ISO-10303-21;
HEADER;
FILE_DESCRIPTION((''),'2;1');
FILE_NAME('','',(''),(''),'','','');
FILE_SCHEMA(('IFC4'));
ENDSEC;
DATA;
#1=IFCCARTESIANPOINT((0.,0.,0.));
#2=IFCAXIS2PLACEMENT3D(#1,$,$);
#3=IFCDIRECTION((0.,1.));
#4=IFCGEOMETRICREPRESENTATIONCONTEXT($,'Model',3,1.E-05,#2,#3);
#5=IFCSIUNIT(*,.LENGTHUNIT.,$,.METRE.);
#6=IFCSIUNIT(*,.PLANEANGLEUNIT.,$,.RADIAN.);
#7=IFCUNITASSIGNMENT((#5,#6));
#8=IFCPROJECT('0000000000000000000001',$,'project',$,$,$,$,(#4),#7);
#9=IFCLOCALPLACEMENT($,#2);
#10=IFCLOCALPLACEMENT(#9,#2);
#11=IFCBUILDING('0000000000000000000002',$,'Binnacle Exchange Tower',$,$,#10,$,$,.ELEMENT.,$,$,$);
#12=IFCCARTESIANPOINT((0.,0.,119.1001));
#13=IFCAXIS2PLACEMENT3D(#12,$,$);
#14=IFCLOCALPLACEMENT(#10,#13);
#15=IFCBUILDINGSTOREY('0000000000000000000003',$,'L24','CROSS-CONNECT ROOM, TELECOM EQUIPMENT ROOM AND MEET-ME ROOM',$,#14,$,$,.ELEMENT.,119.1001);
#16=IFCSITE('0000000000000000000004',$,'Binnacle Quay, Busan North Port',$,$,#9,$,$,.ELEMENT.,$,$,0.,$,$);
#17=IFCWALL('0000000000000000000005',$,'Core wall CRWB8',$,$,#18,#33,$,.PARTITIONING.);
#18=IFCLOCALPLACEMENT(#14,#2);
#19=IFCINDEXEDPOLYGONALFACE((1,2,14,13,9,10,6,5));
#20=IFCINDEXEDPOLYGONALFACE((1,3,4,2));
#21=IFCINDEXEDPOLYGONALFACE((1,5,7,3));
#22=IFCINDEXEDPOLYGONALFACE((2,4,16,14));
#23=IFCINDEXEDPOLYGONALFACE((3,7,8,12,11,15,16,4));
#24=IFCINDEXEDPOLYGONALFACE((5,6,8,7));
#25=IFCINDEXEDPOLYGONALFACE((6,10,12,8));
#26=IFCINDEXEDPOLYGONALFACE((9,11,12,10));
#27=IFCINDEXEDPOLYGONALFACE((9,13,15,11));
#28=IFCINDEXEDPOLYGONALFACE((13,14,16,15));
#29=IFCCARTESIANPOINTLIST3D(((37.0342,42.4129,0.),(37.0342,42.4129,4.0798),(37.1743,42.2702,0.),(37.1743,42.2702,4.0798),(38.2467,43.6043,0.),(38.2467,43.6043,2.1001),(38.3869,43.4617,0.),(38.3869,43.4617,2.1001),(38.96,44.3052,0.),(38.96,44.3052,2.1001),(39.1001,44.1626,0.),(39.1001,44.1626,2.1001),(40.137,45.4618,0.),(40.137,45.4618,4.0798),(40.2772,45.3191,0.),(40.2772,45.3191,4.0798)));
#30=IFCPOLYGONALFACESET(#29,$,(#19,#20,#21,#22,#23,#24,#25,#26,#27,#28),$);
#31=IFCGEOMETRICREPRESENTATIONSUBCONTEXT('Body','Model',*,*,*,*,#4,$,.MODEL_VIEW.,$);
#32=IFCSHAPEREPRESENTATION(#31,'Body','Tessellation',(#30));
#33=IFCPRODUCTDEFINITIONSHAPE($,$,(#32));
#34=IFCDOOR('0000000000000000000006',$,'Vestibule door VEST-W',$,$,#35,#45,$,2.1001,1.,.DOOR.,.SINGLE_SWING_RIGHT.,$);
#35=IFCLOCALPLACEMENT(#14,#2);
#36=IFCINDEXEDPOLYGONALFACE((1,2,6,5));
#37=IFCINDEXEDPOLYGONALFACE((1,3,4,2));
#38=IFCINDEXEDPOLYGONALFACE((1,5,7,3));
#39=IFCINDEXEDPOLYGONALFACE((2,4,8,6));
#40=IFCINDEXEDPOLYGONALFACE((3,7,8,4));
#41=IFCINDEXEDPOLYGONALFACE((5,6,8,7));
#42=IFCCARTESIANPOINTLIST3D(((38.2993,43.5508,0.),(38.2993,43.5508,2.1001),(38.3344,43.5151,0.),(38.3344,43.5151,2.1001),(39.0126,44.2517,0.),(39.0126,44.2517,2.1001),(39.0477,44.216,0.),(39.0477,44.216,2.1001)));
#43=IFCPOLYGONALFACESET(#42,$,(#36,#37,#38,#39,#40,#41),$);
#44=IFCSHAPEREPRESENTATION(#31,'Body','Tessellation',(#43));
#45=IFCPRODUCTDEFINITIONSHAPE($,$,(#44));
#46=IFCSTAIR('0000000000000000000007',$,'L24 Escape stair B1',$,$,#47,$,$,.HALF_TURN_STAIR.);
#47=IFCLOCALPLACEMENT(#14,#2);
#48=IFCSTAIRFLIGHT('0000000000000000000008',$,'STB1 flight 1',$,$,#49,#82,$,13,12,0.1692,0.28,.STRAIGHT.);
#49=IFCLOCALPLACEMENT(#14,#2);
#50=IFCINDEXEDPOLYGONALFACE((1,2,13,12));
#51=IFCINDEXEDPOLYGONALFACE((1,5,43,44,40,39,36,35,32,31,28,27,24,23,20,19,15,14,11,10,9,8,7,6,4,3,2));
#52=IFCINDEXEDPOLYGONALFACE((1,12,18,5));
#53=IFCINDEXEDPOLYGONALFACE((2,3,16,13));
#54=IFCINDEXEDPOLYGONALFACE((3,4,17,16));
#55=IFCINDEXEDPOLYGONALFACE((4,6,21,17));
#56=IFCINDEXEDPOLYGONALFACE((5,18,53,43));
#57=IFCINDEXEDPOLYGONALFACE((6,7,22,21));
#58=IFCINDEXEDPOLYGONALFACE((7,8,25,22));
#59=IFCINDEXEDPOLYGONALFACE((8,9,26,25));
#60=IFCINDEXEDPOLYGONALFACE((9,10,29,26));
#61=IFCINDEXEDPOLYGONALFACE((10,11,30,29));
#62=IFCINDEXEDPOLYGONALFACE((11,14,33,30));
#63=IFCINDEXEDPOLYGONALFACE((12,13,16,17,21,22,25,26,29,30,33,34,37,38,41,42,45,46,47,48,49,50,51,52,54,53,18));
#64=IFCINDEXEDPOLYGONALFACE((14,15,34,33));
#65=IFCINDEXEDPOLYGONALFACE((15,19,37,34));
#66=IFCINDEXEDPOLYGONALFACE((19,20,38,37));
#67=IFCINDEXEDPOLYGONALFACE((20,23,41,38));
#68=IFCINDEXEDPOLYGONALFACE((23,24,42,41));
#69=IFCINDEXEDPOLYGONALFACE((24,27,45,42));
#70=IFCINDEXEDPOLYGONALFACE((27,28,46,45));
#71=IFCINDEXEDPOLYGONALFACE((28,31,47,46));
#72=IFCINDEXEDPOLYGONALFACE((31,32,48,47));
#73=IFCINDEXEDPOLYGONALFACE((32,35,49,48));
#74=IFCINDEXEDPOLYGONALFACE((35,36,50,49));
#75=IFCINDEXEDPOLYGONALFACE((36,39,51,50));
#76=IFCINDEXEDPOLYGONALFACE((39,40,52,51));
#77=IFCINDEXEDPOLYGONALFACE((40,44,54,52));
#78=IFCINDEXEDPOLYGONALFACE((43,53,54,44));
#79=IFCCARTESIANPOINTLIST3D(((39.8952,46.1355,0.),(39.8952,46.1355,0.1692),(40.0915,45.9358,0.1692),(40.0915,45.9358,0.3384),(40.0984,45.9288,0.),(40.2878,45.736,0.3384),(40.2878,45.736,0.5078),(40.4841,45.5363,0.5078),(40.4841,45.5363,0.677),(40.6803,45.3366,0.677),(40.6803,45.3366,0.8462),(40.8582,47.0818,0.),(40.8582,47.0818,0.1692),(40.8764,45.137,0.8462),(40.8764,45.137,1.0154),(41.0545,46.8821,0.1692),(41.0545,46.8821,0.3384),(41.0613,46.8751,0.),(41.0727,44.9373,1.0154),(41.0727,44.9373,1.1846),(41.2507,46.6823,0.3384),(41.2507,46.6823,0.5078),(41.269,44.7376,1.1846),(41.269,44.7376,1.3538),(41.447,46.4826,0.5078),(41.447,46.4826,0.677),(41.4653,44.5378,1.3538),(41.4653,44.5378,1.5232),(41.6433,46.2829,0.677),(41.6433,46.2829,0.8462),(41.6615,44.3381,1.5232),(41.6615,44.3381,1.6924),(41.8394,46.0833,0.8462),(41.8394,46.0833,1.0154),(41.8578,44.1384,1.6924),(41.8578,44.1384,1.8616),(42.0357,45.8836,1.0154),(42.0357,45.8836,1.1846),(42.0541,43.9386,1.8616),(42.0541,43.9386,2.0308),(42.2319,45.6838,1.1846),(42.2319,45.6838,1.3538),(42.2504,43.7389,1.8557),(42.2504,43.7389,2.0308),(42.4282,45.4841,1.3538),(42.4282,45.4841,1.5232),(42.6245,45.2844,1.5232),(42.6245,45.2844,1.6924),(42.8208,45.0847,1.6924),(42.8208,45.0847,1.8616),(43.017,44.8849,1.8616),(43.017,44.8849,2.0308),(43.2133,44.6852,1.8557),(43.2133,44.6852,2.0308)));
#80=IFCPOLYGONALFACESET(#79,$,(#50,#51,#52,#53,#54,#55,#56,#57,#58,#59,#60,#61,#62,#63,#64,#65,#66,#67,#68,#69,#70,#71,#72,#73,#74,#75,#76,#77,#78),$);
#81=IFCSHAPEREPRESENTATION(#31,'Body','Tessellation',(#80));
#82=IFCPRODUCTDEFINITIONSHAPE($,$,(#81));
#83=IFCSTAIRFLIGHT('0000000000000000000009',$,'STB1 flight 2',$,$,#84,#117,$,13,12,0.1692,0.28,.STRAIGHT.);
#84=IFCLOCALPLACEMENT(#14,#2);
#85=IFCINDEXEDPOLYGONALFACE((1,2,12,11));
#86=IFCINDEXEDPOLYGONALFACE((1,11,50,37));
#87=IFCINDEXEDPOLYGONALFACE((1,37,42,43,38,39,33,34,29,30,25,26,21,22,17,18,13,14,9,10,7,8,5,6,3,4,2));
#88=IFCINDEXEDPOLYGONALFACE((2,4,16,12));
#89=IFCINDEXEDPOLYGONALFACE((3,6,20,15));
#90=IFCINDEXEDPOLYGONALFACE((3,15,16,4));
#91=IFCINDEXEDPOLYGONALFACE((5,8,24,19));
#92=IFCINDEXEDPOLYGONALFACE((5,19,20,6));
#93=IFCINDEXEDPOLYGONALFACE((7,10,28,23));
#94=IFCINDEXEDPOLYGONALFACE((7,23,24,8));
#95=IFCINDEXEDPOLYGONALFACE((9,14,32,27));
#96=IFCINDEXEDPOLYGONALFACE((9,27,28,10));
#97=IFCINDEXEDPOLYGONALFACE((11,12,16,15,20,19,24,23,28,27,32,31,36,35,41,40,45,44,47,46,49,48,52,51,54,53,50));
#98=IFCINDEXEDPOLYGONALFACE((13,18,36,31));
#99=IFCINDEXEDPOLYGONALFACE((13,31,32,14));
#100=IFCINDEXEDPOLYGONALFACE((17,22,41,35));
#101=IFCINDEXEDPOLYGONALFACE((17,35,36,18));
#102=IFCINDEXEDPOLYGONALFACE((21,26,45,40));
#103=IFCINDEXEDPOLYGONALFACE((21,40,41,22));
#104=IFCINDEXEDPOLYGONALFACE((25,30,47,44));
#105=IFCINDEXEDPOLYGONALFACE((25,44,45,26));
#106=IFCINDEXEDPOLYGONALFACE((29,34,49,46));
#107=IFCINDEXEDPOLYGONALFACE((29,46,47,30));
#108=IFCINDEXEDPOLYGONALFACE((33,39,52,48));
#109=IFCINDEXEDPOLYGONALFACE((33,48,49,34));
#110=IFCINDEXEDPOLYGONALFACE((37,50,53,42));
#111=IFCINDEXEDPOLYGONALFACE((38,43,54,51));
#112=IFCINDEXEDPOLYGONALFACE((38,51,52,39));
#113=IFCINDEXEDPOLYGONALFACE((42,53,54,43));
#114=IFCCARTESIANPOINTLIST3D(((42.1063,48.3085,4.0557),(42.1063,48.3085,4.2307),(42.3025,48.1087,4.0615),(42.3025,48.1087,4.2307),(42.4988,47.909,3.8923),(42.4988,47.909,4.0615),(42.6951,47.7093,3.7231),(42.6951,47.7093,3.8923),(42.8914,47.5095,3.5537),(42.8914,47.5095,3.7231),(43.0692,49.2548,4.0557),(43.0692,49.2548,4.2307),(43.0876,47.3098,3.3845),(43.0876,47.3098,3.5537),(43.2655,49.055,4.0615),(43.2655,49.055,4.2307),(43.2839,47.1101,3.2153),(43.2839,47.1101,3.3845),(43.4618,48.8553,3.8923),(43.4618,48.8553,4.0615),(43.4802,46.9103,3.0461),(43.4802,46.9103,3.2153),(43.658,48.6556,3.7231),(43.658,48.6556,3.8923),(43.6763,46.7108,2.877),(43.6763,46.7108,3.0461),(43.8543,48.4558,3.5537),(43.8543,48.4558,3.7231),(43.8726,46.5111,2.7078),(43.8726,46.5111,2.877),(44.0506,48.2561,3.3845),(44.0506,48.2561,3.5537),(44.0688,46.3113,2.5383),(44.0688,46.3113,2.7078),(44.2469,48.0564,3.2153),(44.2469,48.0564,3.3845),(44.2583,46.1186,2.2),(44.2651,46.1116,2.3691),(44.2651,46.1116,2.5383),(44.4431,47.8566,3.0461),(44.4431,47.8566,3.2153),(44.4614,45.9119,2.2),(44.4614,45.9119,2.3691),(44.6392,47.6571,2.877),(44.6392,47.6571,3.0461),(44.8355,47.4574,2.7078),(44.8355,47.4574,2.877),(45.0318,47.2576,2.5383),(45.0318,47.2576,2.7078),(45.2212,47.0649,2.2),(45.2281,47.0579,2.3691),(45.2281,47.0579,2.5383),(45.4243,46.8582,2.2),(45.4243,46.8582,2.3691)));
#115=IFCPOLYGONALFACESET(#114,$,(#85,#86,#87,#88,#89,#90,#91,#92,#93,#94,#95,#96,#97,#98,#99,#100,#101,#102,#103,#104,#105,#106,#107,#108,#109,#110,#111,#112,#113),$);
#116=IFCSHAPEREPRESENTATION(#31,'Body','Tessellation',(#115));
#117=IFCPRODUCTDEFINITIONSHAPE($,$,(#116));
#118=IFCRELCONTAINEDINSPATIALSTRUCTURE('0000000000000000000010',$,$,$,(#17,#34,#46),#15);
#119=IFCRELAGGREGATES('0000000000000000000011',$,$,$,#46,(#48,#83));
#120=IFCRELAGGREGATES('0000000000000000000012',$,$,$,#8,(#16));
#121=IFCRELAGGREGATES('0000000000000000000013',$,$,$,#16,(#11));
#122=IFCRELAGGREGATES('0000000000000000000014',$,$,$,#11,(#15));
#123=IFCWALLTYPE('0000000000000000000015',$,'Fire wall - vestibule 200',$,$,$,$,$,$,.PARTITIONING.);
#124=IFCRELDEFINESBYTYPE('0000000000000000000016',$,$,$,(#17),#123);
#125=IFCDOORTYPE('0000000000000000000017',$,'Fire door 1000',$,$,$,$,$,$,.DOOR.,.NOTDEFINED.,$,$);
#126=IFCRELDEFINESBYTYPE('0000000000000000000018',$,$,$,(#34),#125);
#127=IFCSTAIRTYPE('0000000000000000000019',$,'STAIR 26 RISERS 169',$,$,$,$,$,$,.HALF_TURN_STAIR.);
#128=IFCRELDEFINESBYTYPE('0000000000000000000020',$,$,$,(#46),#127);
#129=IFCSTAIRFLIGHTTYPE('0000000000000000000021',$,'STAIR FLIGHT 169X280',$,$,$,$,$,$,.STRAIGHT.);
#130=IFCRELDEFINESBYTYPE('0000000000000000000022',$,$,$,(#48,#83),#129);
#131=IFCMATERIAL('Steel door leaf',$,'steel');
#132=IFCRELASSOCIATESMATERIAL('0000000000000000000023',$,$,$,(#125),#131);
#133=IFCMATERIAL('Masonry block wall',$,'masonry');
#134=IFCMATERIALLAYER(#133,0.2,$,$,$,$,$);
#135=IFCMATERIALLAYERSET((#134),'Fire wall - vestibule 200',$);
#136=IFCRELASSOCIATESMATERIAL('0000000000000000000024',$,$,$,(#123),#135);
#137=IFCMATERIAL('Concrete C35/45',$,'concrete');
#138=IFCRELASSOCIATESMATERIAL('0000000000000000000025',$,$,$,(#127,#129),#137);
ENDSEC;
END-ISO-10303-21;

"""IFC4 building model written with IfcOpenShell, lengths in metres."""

from ifc_helpers import new_model, si_unit, direction, frame, frame_2d, origin, place, context, subcontext, project, spatial, polyline, rectangle, outline, extrude, material, layer, layer_set, type_object, element, fill, aggregate, save


model = new_model("IFC4")

# Units and contexts
model_context = context("Model", 3, precision=1e-05, world=origin(), true_north=direction((0.0, 1.0)))
body_context = subcontext(model_context, "Body", "Model", "MODEL_VIEW")
ifc_project = project(units=[si_unit("LENGTHUNIT", "METRE"), si_unit("PLANEANGLEUNIT", "RADIAN")], contexts=[model_context])

# Site, building, storey
site_placement = place(None, origin())
site = spatial("IfcSite", under=ifc_project, at=site_placement, Name="Binnacle Quay, Busan North Port", CompositionType="ELEMENT", RefElevation=0.0)
building_placement = place(site_placement, origin())
building = spatial("IfcBuilding", under=site, at=building_placement, Name="Binnacle Exchange Tower", CompositionType="ELEMENT")
storey_placement = place(building_placement, frame((0.0, 0.0, 119.1001)))
storey = spatial("IfcBuildingStorey", under=building, at=storey_placement, Name="L24", Description="CROSS-CONNECT ROOM, TELECOM EQUIPMENT ROOM AND MEET-ME ROOM", CompositionType="ELEMENT", Elevation=119.1001)

# Shared definitions
ifc_material_1 = material(Name="Steel door leaf", Category="steel")
door_type = type_object("IfcDoorType", Name="Fire door 1000", OperationType="NOTDEFINED", PredefinedType="DOOR", material=ifc_material_1)

# Wall, opening, door
ifc_material_2 = material(Name="Masonry block wall", Category="masonry")
ifc_layer_1 = layer(ifc_material_2, 0.2)
ifc_layer_set_1 = layer_set([ifc_layer_1], Name="Fire wall - vestibule 200")
wall_type_1 = type_object("IfcWallType", Name="Fire wall - vestibule 200", PredefinedType="PARTITIONING", material=ifc_layer_set_1)
wall_1_placement = place(storey_placement, frame((37.1042, 42.3416, 0.0), z_axis=(0.0, 0.0, 1.0), x_axis=(0.713281, 0.700878, 0.0)))
wall_1 = element("IfcWall", 1, at=wall_1_placement, inside=storey, type_object=wall_type_1, Name="Core wall CRWB8", PredefinedType="PARTITIONING", context=body_context, shape_type="SweptSolid", body=[
    extrude(rectangle(XDim=4.3501, YDim=0.2, at=frame_2d((2.175, 0.0))), origin(), (0.0, 0.0, 1.0), 4.0798),
])
opening_1_placement = place(wall_1_placement, frame((1.7, 0.0, 0.0)))
opening_1 = element("IfcOpeningElement", 2, at=opening_1_placement, cuts=wall_1, PredefinedType="OPENING", context=body_context, shape_type="SweptSolid", body=[
    extrude(rectangle(XDim=1.0, YDim=2.1001, at=frame_2d((0.5, 1.05))), frame((0.0, 0.1099, 0.0), z_axis=(0.0, -1.0, 0.0), x_axis=(1.0, 0.0, 0.0)), (0.0, 0.0, 1.0), 0.22),
])
door_1_placement = place(opening_1_placement, origin())
door_1 = element("IfcDoor", 3, at=door_1_placement, inside=storey, type_object=door_type, Name="Vestibule door VEST-W", OperationType="SINGLE_SWING_RIGHT", OverallHeight=2.1001, OverallWidth=1.0, PredefinedType="DOOR", context=body_context, shape_type="SweptSolid", body=[
    extrude(rectangle(XDim=1.0, YDim=2.1001, at=frame_2d((0.5, 1.05))), frame((0.0, 0.0249, 0.0), z_axis=(0.0, -1.0, 0.0), x_axis=(1.0, 0.0, 0.0)), (0.0, 0.0, 1.0), 0.05),
])
fill(opening_1, door_1)

# Stair, stair flights
ifc_material_3 = material(Name="Concrete C35/45", Category="concrete")
stair_type = type_object("IfcStairType", Name="STAIR 26 RISERS 169", PredefinedType="HALF_TURN_STAIR", material=ifc_material_3)
stair_placement = place(storey_placement, origin())
stair = element("IfcStair", 4, at=stair_placement, inside=storey, type_object=stair_type, Name="L24 Escape stair B1", PredefinedType="HALF_TURN_STAIR")
stair_flight_type = type_object("IfcStairFlightType", Name="STAIR FLIGHT 169X280", PredefinedType="STRAIGHT", material=ifc_material_3)
stair_flight_1_placement = place(storey_placement, frame((40.3767, 46.6086, 0.0), z_axis=(0.0, 0.0, 1.0), x_axis=(0.700909, -0.71325, 0.0)))
stair_flight_1 = element("IfcStairFlight", 5, at=stair_flight_1_placement, type_object=stair_flight_type, Name="STB1 flight 1", NumberOfRisers=13, NumberOfTreads=12, PredefinedType="STRAIGHT", RiserHeight=0.1692, TreadLength=0.28, context=body_context, shape_type="SweptSolid", body=[
    extrude(outline(polyline([(0.0, 0.0), (0.0, 0.1692), (0.28, 0.1692), (0.28, 0.3384), (0.5601, 0.3384), (0.5601, 0.5078), (0.8401, 0.5078), (0.8401, 0.677), (1.1201, 0.677), (1.1201, 0.8462), (1.3999, 0.8462), (1.3999, 1.0154), (1.6799, 1.0154), (1.6799, 1.1846), (1.96, 1.1846), (1.96, 1.3538), (2.24, 1.3538), (2.24, 1.5232), (2.52, 1.5232), (2.52, 1.6924), (2.8, 1.6924), (2.8, 1.8616), (3.0801, 1.8616), (3.0801, 2.0308), (3.3601, 2.0308), (3.3601, 2.2), (3.3601, 1.8557), (0.2898, 0.0), (0.0, 0.0)])), frame((0.0, 0.675, 0.0), z_axis=(0.0, -1.0, 0.0), x_axis=(1.0, 0.0, 0.0)), (0.0, 0.0, 1.0), 1.3501),
])
stair_flight_2_placement = place(storey_placement, frame((44.9429, 46.385, 2.2), z_axis=(0.0, 0.0, 1.0), x_axis=(-0.700909, 0.71325, 0.0)))
stair_flight_2 = element("IfcStairFlight", 6, at=stair_flight_2_placement, type_object=stair_flight_type, Name="STB1 flight 2", NumberOfRisers=13, NumberOfTreads=12, PredefinedType="STRAIGHT", RiserHeight=0.1692, TreadLength=0.28, context=body_context, shape_type="SweptSolid", body=[
    extrude(outline(polyline([(0.0, 0.0), (0.0, 0.1692), (0.28, 0.1692), (0.28, 0.3384), (0.5601, 0.3384), (0.5601, 0.5078), (0.8401, 0.5078), (0.8401, 0.677), (1.1201, 0.677), (1.1201, 0.8462), (1.3999, 0.8462), (1.3999, 1.0154), (1.6799, 1.0154), (1.6799, 1.1846), (1.96, 1.1846), (1.96, 1.3538), (2.24, 1.3538), (2.24, 1.5232), (2.52, 1.5232), (2.52, 1.6924), (2.8, 1.6924), (2.8, 1.8616), (3.0801, 1.8616), (3.0801, 2.0308), (3.3601, 2.0308), (3.3601, 2.2), (3.3601, 1.8557), (0.2898, 0.0), (0.0, 0.0)])), frame((0.0, 0.675, 0.0), z_axis=(0.0, -1.0, 0.0), x_axis=(1.0, 0.0, 0.0)), (0.0, 0.0, 1.0), 1.3501),
])
aggregate(stair, [stair_flight_1, stair_flight_2])

save(model, "model.ifc")
